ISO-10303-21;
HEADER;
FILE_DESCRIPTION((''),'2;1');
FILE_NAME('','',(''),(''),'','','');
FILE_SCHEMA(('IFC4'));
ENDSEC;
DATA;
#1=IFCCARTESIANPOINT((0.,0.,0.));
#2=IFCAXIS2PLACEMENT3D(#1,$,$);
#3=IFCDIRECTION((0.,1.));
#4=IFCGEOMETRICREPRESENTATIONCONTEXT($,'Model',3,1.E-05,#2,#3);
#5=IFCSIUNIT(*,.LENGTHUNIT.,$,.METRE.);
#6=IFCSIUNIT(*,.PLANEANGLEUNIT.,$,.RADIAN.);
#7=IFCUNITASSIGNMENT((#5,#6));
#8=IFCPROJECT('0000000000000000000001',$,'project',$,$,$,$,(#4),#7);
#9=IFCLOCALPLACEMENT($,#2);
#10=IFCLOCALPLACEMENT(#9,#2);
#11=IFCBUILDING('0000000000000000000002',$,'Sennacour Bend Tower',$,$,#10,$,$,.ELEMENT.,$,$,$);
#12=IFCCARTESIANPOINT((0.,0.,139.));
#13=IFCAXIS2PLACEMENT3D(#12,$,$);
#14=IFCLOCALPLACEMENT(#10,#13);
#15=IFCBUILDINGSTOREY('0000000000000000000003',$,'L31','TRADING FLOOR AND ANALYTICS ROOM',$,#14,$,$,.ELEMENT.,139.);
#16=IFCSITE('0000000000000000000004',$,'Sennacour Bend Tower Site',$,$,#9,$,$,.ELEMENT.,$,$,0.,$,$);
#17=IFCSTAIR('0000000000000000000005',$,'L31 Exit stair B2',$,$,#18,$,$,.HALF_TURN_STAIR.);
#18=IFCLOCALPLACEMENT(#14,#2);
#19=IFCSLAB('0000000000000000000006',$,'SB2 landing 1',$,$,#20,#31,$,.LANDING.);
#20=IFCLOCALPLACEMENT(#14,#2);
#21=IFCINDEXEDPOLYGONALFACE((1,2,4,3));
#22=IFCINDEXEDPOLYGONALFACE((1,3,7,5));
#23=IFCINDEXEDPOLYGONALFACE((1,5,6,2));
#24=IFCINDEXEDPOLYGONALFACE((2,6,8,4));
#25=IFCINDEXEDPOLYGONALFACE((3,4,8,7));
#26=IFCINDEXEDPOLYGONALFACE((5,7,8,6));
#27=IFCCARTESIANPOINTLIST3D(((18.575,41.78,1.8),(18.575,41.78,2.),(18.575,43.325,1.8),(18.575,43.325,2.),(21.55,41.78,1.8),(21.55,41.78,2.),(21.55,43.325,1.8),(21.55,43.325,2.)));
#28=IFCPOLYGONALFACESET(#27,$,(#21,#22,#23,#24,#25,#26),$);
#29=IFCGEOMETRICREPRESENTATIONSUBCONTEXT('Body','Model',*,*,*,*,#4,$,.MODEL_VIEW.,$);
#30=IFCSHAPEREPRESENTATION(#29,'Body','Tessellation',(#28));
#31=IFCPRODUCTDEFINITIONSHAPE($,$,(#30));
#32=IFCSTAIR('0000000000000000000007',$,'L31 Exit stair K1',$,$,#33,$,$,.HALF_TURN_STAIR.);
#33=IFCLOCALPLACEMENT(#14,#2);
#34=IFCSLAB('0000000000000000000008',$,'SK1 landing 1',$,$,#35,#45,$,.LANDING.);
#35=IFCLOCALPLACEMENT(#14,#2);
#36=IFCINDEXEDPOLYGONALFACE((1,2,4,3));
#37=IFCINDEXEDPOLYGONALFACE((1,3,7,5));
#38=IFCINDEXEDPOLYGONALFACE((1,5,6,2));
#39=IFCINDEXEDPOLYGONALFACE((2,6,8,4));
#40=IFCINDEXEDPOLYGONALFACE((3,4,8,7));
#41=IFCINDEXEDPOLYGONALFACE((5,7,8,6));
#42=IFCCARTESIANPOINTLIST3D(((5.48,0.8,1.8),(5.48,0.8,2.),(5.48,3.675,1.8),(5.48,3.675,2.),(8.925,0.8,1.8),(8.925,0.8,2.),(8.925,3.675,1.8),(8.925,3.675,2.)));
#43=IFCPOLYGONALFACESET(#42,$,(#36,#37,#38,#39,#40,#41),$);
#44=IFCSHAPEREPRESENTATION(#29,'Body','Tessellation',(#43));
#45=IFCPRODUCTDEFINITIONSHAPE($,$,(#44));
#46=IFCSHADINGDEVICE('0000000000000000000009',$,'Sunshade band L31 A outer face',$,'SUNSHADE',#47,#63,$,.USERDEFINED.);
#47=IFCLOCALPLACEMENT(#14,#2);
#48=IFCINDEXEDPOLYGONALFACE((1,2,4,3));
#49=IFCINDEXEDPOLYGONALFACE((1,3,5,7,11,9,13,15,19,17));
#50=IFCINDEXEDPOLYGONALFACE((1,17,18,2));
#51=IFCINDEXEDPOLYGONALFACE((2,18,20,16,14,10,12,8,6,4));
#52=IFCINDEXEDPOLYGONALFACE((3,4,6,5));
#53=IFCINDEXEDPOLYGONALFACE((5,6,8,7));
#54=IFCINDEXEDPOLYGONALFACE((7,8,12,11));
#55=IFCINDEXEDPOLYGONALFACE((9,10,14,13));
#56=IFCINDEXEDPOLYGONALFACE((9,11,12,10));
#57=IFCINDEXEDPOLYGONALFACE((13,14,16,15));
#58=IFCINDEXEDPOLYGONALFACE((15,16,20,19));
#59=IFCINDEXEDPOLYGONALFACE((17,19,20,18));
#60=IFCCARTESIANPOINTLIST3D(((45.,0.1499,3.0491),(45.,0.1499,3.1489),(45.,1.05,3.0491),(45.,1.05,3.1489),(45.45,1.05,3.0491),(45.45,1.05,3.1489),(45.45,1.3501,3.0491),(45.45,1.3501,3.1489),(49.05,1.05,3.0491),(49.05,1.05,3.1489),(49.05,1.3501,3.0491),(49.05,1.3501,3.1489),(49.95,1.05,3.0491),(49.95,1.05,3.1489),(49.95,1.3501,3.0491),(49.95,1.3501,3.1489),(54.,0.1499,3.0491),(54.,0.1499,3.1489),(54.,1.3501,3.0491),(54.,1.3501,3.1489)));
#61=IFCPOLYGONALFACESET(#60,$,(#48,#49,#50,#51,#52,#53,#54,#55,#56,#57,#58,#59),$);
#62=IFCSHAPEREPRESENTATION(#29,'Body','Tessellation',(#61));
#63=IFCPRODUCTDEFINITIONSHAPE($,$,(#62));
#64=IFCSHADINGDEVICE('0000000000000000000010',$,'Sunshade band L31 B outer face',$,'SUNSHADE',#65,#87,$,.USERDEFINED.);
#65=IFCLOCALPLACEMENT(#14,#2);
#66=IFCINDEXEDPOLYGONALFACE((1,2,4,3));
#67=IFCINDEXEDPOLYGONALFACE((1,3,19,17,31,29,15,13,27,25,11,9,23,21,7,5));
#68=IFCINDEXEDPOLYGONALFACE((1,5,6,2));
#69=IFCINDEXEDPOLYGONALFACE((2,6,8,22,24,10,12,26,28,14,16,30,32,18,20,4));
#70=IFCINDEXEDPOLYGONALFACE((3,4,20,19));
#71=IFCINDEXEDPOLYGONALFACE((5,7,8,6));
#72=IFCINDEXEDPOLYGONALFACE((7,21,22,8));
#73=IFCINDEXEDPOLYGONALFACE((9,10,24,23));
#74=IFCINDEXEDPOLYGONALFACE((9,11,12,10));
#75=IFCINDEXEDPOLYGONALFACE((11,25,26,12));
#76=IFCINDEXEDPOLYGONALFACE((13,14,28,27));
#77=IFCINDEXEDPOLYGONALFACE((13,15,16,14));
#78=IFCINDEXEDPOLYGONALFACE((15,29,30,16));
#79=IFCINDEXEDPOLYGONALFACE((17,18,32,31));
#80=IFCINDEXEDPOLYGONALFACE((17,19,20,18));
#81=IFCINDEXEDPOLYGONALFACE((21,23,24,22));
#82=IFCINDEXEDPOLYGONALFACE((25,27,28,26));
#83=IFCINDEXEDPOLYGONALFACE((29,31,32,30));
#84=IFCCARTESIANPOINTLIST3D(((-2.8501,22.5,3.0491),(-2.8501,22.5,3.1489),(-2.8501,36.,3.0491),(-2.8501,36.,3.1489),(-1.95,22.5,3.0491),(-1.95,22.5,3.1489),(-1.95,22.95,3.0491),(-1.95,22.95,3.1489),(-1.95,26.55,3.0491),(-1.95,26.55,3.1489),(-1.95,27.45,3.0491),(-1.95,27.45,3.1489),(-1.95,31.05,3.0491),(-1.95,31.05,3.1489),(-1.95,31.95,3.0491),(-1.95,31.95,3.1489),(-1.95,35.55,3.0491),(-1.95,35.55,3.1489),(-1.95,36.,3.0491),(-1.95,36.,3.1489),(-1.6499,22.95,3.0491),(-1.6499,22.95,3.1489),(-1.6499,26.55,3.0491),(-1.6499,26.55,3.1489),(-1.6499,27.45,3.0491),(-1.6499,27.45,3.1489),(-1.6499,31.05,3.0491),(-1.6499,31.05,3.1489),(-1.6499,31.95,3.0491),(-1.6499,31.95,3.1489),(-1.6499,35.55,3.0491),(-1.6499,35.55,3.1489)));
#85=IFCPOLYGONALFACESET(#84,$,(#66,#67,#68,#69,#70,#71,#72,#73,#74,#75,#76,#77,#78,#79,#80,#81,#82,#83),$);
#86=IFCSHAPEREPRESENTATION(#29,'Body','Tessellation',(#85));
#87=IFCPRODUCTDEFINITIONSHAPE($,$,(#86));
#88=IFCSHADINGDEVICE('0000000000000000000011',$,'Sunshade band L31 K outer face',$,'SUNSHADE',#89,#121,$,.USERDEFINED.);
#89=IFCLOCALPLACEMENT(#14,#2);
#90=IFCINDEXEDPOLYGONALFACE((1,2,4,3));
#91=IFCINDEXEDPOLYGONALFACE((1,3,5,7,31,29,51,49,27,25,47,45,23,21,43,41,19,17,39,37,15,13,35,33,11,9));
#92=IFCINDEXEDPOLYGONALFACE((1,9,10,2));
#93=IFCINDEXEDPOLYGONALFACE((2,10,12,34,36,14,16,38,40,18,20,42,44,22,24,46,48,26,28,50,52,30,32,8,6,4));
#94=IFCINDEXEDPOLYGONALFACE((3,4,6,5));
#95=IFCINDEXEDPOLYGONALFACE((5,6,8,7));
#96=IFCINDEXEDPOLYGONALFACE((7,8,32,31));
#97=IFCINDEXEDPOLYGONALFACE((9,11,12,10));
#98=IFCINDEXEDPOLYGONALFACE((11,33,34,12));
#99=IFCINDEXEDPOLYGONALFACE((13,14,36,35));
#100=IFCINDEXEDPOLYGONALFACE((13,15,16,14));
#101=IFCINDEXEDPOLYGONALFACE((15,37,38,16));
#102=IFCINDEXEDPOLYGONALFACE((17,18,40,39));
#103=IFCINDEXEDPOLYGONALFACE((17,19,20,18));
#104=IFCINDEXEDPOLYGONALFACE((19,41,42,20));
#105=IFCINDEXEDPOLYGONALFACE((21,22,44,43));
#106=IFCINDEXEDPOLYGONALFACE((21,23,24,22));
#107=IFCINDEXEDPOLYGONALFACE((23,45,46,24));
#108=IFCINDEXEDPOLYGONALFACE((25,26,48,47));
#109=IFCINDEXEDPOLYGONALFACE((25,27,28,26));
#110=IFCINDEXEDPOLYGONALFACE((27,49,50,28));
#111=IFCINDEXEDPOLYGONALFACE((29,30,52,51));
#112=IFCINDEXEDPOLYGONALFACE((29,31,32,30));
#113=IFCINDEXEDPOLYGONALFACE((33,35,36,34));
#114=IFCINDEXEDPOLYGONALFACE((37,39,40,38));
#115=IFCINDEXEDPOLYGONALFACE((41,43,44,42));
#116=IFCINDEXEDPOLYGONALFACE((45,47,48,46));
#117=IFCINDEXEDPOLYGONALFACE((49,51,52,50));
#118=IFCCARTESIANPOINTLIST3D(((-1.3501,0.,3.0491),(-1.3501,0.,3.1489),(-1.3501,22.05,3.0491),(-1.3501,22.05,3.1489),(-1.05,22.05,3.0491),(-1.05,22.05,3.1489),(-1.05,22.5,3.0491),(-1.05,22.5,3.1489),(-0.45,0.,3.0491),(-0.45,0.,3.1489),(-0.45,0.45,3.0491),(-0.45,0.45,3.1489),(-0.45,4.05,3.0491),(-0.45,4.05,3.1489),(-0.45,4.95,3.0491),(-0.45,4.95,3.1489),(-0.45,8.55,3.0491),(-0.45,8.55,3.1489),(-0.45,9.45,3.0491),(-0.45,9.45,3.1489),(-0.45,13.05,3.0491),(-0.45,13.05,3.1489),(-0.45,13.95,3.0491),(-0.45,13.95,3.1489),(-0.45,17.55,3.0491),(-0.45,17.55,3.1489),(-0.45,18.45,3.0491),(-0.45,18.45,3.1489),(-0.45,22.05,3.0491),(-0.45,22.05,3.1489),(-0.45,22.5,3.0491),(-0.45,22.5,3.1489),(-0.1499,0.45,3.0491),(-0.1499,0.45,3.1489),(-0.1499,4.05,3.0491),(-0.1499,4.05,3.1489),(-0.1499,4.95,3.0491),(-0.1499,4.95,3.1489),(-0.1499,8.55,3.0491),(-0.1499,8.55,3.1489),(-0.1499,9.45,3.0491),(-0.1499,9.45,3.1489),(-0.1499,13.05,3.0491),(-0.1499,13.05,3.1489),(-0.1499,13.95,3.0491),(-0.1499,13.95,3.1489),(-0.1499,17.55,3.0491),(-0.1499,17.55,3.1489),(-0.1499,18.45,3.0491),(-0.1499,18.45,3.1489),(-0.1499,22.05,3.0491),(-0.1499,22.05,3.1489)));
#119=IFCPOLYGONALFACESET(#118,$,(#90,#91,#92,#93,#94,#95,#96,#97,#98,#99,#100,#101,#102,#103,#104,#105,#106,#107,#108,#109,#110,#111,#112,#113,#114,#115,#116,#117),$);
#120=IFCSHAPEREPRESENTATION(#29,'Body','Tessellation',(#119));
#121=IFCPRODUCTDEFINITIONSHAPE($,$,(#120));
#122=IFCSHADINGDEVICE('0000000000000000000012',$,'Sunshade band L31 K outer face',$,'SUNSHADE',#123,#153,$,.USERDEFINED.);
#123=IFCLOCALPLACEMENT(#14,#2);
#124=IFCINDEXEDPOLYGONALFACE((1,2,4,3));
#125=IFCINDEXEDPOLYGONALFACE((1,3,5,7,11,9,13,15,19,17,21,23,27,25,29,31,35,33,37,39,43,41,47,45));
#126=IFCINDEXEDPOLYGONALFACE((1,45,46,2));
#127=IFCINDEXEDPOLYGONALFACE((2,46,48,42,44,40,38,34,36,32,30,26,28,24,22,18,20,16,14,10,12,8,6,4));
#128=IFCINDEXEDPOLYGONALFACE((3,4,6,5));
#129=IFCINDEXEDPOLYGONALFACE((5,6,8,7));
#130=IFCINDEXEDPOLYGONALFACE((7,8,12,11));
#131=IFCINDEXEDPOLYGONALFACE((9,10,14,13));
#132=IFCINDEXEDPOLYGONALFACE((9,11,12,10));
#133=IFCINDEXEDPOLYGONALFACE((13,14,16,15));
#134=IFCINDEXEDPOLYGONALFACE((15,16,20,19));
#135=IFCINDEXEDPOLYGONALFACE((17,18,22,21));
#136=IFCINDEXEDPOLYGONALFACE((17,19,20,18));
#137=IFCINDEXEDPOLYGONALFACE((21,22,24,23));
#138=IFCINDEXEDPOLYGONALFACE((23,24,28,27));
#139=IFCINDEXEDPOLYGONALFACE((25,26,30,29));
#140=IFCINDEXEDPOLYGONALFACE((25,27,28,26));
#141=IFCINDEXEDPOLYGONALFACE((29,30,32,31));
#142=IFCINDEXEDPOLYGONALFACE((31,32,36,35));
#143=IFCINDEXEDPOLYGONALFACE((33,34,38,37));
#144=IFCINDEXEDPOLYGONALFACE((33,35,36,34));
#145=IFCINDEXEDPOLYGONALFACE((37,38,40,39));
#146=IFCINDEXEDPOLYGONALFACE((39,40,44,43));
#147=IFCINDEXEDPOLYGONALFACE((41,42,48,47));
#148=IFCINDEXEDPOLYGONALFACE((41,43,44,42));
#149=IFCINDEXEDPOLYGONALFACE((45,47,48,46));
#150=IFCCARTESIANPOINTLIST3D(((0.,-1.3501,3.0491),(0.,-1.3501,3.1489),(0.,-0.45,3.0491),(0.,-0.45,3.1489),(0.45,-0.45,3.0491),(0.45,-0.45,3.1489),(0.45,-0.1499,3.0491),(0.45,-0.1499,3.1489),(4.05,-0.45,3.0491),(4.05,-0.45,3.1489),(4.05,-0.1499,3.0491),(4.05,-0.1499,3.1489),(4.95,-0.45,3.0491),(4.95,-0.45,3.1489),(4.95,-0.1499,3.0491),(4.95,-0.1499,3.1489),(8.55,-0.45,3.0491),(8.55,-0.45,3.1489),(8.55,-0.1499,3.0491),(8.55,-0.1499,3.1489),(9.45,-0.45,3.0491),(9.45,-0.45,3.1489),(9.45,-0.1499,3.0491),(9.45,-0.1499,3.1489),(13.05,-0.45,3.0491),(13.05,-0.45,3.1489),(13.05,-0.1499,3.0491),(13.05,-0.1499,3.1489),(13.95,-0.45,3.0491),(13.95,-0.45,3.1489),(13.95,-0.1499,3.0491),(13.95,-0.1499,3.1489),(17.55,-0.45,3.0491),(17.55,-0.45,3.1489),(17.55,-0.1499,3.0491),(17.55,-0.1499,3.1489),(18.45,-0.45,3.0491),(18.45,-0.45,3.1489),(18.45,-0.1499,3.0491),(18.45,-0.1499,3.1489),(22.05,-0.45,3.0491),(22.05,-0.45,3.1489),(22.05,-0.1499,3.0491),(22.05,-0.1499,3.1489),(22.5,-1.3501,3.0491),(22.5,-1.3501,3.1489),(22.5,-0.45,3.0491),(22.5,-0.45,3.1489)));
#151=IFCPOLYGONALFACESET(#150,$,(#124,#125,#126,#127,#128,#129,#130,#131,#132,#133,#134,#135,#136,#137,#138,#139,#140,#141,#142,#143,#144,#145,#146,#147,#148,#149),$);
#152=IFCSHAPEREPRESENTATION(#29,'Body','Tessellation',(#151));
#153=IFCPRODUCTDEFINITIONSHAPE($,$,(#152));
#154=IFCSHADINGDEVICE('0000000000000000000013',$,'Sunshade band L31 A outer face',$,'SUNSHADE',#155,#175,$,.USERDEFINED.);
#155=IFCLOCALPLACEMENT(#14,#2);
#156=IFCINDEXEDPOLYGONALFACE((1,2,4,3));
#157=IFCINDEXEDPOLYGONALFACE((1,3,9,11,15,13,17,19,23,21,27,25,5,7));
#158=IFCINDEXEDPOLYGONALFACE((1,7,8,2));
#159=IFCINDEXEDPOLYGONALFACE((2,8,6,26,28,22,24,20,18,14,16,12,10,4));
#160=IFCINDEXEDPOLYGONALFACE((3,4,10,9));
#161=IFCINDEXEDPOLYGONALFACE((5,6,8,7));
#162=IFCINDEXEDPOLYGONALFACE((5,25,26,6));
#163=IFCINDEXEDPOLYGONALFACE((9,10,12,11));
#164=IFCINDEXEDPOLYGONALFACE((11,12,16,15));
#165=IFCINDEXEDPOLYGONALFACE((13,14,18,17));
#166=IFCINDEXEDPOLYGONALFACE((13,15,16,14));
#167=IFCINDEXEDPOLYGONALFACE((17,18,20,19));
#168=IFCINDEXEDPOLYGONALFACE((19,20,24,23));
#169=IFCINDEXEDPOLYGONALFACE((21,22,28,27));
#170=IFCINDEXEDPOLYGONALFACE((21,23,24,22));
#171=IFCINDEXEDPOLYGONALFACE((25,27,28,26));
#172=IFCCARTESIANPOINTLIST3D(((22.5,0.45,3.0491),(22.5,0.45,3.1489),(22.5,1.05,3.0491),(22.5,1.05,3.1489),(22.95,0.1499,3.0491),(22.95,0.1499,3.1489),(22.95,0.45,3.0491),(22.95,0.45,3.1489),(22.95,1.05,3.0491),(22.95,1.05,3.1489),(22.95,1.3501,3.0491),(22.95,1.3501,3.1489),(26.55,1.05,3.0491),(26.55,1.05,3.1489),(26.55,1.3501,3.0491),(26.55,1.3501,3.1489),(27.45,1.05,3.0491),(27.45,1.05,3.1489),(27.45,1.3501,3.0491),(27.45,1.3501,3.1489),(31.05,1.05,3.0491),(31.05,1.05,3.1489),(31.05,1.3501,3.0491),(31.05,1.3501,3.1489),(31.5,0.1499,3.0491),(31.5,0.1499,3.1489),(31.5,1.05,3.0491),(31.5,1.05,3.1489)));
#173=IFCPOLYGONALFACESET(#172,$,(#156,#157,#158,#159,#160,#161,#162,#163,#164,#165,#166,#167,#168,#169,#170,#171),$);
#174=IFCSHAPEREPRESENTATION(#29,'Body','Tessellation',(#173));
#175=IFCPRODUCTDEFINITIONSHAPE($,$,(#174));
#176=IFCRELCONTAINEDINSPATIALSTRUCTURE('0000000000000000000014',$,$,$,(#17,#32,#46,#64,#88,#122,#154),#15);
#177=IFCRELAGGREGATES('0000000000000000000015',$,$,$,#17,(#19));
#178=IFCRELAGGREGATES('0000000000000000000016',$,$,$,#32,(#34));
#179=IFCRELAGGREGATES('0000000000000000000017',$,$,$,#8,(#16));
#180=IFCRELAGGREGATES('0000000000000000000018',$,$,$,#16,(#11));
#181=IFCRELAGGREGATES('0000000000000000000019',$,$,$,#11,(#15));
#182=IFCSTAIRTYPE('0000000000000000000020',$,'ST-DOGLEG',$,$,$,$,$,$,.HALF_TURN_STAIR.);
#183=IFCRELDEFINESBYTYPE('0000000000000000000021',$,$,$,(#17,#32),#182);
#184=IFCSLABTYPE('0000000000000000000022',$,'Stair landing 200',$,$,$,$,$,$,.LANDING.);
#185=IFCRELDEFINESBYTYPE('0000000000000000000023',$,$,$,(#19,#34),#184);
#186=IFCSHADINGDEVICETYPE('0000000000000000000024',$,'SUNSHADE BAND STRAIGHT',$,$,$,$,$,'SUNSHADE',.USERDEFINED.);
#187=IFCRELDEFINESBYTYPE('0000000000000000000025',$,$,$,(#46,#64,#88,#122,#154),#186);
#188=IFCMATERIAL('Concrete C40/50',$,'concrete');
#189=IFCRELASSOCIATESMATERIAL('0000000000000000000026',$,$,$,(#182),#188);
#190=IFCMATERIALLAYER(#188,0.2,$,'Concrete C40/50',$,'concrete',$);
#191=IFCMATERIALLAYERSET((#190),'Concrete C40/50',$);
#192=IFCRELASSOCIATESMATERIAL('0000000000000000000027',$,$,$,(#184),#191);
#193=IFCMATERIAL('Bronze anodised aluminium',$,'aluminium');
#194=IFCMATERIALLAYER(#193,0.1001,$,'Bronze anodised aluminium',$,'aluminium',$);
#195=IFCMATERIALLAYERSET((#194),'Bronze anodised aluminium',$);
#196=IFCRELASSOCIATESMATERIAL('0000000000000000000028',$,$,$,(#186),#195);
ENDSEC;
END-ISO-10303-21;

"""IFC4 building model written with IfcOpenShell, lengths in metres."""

from ifc_helpers import new_model, si_unit, direction, frame, origin, place, context, subcontext, project, spatial, polyline, outline, extrude, material, layer, layer_set, type_object, element, aggregate, save


model = new_model("IFC4")

# Units and contexts
model_context = context("Model", 3, precision=1e-05, world=origin(), true_north=direction((0.0, 1.0)))
body_context = subcontext(model_context, "Body", "Model", "MODEL_VIEW")
ifc_project = project(units=[si_unit("LENGTHUNIT", "METRE"), si_unit("PLANEANGLEUNIT", "RADIAN")], contexts=[model_context])

# Site, building, storey
site_placement = place(None, origin())
site = spatial("IfcSite", under=ifc_project, at=site_placement, Name="Sennacour Bend Tower Site", CompositionType="ELEMENT", RefElevation=0.0)
building_placement = place(site_placement, origin())
building = spatial("IfcBuilding", under=site, at=building_placement, Name="Sennacour Bend Tower", CompositionType="ELEMENT")
storey_placement = place(building_placement, frame((0.0, 0.0, 139.0)))
storey = spatial("IfcBuildingStorey", under=building, at=storey_placement, Name="L31", Description="TRADING FLOOR AND ANALYTICS ROOM", CompositionType="ELEMENT", Elevation=139.0)

# Shared definitions
ifc_material_1 = material(Name="Concrete C40/50", Category="concrete")

# Stairs, slabs
stair_type = type_object("IfcStairType", Name="ST-DOGLEG", PredefinedType="HALF_TURN_STAIR", material=ifc_material_1)
ifc_layer_1 = layer(ifc_material_1, 0.2, Name="Concrete C40/50", Category="concrete")
ifc_layer_set_1 = layer_set([ifc_layer_1], Name="Concrete C40/50")
slab_type_1 = type_object("IfcSlabType", Name="Stair landing 200", PredefinedType="LANDING", material=ifc_layer_set_1)
stair_1_placement = place(storey_placement, origin())
stair_1 = element("IfcStair", 1, at=stair_1_placement, inside=storey, type_object=stair_type, Name="L31 Exit stair B2", PredefinedType="HALF_TURN_STAIR")
slab_1_placement = place(storey_placement, frame((0.0, 0.0, 1.8)))
slab_1 = element("IfcSlab", 2, at=slab_1_placement, type_object=slab_type_1, Name="SB2 landing 1", PredefinedType="LANDING", context=body_context, shape_type="SweptSolid", body=[
    extrude(outline(polyline([(18.575, 41.78), (21.55, 41.78), (21.55, 43.325), (18.575, 43.325), (18.575, 41.78)])), origin(), (0.0, 0.0, 1.0), 0.2),
])
aggregate(stair_1, [slab_1])
stair_2_placement = place(storey_placement, origin())
stair_2 = element("IfcStair", 3, at=stair_2_placement, inside=storey, type_object=stair_type, Name="L31 Exit stair K1", PredefinedType="HALF_TURN_STAIR")
slab_2_placement = place(storey_placement, frame((0.0, 0.0, 1.8)))
slab_2 = element("IfcSlab", 4, at=slab_2_placement, type_object=slab_type_1, Name="SK1 landing 1", PredefinedType="LANDING", context=body_context, shape_type="SweptSolid", body=[
    extrude(outline(polyline([(5.48, 0.8), (8.925, 0.8), (8.925, 3.675), (5.48, 3.675), (5.48, 0.8)])), origin(), (0.0, 0.0, 1.0), 0.2),
])
aggregate(stair_2, [slab_2])

# Shading devices
ifc_material_2 = material(Name="Bronze anodised aluminium", Category="aluminium")
ifc_layer_2 = layer(ifc_material_2, 0.1001, Name="Bronze anodised aluminium", Category="aluminium")
ifc_layer_set_2 = layer_set([ifc_layer_2], Name="Bronze anodised aluminium")
shading_device_type_1 = type_object("IfcShadingDeviceType", Name="SUNSHADE BAND STRAIGHT", ElementType="SUNSHADE", PredefinedType="USERDEFINED", material=ifc_layer_set_2)
shading_device_1_placement = place(storey_placement, frame((0.0, 0.0, 3.0491)))
element("IfcShadingDevice", 5, at=shading_device_1_placement, inside=storey, type_object=shading_device_type_1, Name="Sunshade band L31 A outer face", ObjectType="SUNSHADE", PredefinedType="USERDEFINED", context=body_context, shape_type="SweptSolid", body=[
    extrude(outline(polyline([(49.05, 1.3501), (49.05, 1.05), (49.95, 1.05), (49.95, 1.3501), (54.0, 1.3501), (54.0, 0.1499), (45.0, 0.1499), (45.0, 1.05), (45.45, 1.05), (45.45, 1.3501), (49.05, 1.3501)])), origin(), (0.0, 0.0, 1.0), 0.0999),
])
shading_device_2_placement = place(storey_placement, frame((0.0, 0.0, 3.0491)))
element("IfcShadingDevice", 6, at=shading_device_2_placement, inside=storey, type_object=shading_device_type_1, Name="Sunshade band L31 B outer face", ObjectType="SUNSHADE", PredefinedType="USERDEFINED", context=body_context, shape_type="SweptSolid", body=[
    extrude(outline(polyline([(-1.6499, 31.95), (-1.95, 31.95), (-1.95, 31.05), (-1.6499, 31.05), (-1.6499, 27.45), (-1.95, 27.45), (-1.95, 26.55), (-1.6499, 26.55), (-1.6499, 22.95), (-1.95, 22.95), (-1.95, 22.5), (-2.8501, 22.5), (-2.8501, 36.0), (-1.95, 36.0), (-1.95, 35.55), (-1.6499, 35.55), (-1.6499, 31.95)])), origin(), (0.0, 0.0, 1.0), 0.0999),
])
shading_device_3_placement = place(storey_placement, frame((0.0, 0.0, 3.0491)))
element("IfcShadingDevice", 7, at=shading_device_3_placement, inside=storey, type_object=shading_device_type_1, Name="Sunshade band L31 K outer face", ObjectType="SUNSHADE", PredefinedType="USERDEFINED", context=body_context, shape_type="SweptSolid", body=[
    extrude(outline(polyline([(-0.1499, 18.45), (-0.45, 18.45), (-0.45, 17.55), (-0.1499, 17.55), (-0.1499, 13.95), (-0.45, 13.95), (-0.45, 13.05), (-0.1499, 13.05), (-0.1499, 9.45), (-0.45, 9.45), (-0.45, 8.55), (-0.1499, 8.55), (-0.1499, 4.95), (-0.45, 4.95), (-0.45, 4.05), (-0.1499, 4.05), (-0.1499, 0.45), (-0.45, 0.45), (-0.45, 0.0), (-1.3501, 0.0), (-1.3501, 22.05), (-1.05, 22.05), (-1.05, 22.5), (-0.45, 22.5), (-0.45, 22.05), (-0.1499, 22.05), (-0.1499, 18.45)])), origin(), (0.0, 0.0, 1.0), 0.0999),
])
shading_device_4_placement = place(storey_placement, frame((0.0, 0.0, 3.0491)))
element("IfcShadingDevice", 8, at=shading_device_4_placement, inside=storey, type_object=shading_device_type_1, Name="Sunshade band L31 K outer face", ObjectType="SUNSHADE", PredefinedType="USERDEFINED", context=body_context, shape_type="SweptSolid", body=[
    extrude(outline(polyline([(4.05, -0.1499), (4.05, -0.45), (4.95, -0.45), (4.95, -0.1499), (8.55, -0.1499), (8.55, -0.45), (9.45, -0.45), (9.45, -0.1499), (13.05, -0.1499), (13.05, -0.45), (13.95, -0.45), (13.95, -0.1499), (17.55, -0.1499), (17.55, -0.45), (18.45, -0.45), (18.45, -0.1499), (22.05, -0.1499), (22.05, -0.45), (22.5, -0.45), (22.5, -1.3501), (0.0, -1.3501), (0.0, -0.45), (0.45, -0.45), (0.45, -0.1499), (4.05, -0.1499)])), origin(), (0.0, 0.0, 1.0), 0.0999),
])
shading_device_5_placement = place(storey_placement, frame((0.0, 0.0, 3.0491)))
element("IfcShadingDevice", 9, at=shading_device_5_placement, inside=storey, type_object=shading_device_type_1, Name="Sunshade band L31 A outer face", ObjectType="SUNSHADE", PredefinedType="USERDEFINED", context=body_context, shape_type="SweptSolid", body=[
    extrude(outline(polyline([(26.55, 1.3501), (26.55, 1.05), (27.45, 1.05), (27.45, 1.3501), (31.05, 1.3501), (31.05, 1.05), (31.5, 1.05), (31.5, 0.1499), (22.95, 0.1499), (22.95, 0.45), (22.5, 0.45), (22.5, 1.05), (22.95, 1.05), (22.95, 1.3501), (26.55, 1.3501)])), origin(), (0.0, 0.0, 1.0), 0.0999),
])

save(model, "model.ifc")
